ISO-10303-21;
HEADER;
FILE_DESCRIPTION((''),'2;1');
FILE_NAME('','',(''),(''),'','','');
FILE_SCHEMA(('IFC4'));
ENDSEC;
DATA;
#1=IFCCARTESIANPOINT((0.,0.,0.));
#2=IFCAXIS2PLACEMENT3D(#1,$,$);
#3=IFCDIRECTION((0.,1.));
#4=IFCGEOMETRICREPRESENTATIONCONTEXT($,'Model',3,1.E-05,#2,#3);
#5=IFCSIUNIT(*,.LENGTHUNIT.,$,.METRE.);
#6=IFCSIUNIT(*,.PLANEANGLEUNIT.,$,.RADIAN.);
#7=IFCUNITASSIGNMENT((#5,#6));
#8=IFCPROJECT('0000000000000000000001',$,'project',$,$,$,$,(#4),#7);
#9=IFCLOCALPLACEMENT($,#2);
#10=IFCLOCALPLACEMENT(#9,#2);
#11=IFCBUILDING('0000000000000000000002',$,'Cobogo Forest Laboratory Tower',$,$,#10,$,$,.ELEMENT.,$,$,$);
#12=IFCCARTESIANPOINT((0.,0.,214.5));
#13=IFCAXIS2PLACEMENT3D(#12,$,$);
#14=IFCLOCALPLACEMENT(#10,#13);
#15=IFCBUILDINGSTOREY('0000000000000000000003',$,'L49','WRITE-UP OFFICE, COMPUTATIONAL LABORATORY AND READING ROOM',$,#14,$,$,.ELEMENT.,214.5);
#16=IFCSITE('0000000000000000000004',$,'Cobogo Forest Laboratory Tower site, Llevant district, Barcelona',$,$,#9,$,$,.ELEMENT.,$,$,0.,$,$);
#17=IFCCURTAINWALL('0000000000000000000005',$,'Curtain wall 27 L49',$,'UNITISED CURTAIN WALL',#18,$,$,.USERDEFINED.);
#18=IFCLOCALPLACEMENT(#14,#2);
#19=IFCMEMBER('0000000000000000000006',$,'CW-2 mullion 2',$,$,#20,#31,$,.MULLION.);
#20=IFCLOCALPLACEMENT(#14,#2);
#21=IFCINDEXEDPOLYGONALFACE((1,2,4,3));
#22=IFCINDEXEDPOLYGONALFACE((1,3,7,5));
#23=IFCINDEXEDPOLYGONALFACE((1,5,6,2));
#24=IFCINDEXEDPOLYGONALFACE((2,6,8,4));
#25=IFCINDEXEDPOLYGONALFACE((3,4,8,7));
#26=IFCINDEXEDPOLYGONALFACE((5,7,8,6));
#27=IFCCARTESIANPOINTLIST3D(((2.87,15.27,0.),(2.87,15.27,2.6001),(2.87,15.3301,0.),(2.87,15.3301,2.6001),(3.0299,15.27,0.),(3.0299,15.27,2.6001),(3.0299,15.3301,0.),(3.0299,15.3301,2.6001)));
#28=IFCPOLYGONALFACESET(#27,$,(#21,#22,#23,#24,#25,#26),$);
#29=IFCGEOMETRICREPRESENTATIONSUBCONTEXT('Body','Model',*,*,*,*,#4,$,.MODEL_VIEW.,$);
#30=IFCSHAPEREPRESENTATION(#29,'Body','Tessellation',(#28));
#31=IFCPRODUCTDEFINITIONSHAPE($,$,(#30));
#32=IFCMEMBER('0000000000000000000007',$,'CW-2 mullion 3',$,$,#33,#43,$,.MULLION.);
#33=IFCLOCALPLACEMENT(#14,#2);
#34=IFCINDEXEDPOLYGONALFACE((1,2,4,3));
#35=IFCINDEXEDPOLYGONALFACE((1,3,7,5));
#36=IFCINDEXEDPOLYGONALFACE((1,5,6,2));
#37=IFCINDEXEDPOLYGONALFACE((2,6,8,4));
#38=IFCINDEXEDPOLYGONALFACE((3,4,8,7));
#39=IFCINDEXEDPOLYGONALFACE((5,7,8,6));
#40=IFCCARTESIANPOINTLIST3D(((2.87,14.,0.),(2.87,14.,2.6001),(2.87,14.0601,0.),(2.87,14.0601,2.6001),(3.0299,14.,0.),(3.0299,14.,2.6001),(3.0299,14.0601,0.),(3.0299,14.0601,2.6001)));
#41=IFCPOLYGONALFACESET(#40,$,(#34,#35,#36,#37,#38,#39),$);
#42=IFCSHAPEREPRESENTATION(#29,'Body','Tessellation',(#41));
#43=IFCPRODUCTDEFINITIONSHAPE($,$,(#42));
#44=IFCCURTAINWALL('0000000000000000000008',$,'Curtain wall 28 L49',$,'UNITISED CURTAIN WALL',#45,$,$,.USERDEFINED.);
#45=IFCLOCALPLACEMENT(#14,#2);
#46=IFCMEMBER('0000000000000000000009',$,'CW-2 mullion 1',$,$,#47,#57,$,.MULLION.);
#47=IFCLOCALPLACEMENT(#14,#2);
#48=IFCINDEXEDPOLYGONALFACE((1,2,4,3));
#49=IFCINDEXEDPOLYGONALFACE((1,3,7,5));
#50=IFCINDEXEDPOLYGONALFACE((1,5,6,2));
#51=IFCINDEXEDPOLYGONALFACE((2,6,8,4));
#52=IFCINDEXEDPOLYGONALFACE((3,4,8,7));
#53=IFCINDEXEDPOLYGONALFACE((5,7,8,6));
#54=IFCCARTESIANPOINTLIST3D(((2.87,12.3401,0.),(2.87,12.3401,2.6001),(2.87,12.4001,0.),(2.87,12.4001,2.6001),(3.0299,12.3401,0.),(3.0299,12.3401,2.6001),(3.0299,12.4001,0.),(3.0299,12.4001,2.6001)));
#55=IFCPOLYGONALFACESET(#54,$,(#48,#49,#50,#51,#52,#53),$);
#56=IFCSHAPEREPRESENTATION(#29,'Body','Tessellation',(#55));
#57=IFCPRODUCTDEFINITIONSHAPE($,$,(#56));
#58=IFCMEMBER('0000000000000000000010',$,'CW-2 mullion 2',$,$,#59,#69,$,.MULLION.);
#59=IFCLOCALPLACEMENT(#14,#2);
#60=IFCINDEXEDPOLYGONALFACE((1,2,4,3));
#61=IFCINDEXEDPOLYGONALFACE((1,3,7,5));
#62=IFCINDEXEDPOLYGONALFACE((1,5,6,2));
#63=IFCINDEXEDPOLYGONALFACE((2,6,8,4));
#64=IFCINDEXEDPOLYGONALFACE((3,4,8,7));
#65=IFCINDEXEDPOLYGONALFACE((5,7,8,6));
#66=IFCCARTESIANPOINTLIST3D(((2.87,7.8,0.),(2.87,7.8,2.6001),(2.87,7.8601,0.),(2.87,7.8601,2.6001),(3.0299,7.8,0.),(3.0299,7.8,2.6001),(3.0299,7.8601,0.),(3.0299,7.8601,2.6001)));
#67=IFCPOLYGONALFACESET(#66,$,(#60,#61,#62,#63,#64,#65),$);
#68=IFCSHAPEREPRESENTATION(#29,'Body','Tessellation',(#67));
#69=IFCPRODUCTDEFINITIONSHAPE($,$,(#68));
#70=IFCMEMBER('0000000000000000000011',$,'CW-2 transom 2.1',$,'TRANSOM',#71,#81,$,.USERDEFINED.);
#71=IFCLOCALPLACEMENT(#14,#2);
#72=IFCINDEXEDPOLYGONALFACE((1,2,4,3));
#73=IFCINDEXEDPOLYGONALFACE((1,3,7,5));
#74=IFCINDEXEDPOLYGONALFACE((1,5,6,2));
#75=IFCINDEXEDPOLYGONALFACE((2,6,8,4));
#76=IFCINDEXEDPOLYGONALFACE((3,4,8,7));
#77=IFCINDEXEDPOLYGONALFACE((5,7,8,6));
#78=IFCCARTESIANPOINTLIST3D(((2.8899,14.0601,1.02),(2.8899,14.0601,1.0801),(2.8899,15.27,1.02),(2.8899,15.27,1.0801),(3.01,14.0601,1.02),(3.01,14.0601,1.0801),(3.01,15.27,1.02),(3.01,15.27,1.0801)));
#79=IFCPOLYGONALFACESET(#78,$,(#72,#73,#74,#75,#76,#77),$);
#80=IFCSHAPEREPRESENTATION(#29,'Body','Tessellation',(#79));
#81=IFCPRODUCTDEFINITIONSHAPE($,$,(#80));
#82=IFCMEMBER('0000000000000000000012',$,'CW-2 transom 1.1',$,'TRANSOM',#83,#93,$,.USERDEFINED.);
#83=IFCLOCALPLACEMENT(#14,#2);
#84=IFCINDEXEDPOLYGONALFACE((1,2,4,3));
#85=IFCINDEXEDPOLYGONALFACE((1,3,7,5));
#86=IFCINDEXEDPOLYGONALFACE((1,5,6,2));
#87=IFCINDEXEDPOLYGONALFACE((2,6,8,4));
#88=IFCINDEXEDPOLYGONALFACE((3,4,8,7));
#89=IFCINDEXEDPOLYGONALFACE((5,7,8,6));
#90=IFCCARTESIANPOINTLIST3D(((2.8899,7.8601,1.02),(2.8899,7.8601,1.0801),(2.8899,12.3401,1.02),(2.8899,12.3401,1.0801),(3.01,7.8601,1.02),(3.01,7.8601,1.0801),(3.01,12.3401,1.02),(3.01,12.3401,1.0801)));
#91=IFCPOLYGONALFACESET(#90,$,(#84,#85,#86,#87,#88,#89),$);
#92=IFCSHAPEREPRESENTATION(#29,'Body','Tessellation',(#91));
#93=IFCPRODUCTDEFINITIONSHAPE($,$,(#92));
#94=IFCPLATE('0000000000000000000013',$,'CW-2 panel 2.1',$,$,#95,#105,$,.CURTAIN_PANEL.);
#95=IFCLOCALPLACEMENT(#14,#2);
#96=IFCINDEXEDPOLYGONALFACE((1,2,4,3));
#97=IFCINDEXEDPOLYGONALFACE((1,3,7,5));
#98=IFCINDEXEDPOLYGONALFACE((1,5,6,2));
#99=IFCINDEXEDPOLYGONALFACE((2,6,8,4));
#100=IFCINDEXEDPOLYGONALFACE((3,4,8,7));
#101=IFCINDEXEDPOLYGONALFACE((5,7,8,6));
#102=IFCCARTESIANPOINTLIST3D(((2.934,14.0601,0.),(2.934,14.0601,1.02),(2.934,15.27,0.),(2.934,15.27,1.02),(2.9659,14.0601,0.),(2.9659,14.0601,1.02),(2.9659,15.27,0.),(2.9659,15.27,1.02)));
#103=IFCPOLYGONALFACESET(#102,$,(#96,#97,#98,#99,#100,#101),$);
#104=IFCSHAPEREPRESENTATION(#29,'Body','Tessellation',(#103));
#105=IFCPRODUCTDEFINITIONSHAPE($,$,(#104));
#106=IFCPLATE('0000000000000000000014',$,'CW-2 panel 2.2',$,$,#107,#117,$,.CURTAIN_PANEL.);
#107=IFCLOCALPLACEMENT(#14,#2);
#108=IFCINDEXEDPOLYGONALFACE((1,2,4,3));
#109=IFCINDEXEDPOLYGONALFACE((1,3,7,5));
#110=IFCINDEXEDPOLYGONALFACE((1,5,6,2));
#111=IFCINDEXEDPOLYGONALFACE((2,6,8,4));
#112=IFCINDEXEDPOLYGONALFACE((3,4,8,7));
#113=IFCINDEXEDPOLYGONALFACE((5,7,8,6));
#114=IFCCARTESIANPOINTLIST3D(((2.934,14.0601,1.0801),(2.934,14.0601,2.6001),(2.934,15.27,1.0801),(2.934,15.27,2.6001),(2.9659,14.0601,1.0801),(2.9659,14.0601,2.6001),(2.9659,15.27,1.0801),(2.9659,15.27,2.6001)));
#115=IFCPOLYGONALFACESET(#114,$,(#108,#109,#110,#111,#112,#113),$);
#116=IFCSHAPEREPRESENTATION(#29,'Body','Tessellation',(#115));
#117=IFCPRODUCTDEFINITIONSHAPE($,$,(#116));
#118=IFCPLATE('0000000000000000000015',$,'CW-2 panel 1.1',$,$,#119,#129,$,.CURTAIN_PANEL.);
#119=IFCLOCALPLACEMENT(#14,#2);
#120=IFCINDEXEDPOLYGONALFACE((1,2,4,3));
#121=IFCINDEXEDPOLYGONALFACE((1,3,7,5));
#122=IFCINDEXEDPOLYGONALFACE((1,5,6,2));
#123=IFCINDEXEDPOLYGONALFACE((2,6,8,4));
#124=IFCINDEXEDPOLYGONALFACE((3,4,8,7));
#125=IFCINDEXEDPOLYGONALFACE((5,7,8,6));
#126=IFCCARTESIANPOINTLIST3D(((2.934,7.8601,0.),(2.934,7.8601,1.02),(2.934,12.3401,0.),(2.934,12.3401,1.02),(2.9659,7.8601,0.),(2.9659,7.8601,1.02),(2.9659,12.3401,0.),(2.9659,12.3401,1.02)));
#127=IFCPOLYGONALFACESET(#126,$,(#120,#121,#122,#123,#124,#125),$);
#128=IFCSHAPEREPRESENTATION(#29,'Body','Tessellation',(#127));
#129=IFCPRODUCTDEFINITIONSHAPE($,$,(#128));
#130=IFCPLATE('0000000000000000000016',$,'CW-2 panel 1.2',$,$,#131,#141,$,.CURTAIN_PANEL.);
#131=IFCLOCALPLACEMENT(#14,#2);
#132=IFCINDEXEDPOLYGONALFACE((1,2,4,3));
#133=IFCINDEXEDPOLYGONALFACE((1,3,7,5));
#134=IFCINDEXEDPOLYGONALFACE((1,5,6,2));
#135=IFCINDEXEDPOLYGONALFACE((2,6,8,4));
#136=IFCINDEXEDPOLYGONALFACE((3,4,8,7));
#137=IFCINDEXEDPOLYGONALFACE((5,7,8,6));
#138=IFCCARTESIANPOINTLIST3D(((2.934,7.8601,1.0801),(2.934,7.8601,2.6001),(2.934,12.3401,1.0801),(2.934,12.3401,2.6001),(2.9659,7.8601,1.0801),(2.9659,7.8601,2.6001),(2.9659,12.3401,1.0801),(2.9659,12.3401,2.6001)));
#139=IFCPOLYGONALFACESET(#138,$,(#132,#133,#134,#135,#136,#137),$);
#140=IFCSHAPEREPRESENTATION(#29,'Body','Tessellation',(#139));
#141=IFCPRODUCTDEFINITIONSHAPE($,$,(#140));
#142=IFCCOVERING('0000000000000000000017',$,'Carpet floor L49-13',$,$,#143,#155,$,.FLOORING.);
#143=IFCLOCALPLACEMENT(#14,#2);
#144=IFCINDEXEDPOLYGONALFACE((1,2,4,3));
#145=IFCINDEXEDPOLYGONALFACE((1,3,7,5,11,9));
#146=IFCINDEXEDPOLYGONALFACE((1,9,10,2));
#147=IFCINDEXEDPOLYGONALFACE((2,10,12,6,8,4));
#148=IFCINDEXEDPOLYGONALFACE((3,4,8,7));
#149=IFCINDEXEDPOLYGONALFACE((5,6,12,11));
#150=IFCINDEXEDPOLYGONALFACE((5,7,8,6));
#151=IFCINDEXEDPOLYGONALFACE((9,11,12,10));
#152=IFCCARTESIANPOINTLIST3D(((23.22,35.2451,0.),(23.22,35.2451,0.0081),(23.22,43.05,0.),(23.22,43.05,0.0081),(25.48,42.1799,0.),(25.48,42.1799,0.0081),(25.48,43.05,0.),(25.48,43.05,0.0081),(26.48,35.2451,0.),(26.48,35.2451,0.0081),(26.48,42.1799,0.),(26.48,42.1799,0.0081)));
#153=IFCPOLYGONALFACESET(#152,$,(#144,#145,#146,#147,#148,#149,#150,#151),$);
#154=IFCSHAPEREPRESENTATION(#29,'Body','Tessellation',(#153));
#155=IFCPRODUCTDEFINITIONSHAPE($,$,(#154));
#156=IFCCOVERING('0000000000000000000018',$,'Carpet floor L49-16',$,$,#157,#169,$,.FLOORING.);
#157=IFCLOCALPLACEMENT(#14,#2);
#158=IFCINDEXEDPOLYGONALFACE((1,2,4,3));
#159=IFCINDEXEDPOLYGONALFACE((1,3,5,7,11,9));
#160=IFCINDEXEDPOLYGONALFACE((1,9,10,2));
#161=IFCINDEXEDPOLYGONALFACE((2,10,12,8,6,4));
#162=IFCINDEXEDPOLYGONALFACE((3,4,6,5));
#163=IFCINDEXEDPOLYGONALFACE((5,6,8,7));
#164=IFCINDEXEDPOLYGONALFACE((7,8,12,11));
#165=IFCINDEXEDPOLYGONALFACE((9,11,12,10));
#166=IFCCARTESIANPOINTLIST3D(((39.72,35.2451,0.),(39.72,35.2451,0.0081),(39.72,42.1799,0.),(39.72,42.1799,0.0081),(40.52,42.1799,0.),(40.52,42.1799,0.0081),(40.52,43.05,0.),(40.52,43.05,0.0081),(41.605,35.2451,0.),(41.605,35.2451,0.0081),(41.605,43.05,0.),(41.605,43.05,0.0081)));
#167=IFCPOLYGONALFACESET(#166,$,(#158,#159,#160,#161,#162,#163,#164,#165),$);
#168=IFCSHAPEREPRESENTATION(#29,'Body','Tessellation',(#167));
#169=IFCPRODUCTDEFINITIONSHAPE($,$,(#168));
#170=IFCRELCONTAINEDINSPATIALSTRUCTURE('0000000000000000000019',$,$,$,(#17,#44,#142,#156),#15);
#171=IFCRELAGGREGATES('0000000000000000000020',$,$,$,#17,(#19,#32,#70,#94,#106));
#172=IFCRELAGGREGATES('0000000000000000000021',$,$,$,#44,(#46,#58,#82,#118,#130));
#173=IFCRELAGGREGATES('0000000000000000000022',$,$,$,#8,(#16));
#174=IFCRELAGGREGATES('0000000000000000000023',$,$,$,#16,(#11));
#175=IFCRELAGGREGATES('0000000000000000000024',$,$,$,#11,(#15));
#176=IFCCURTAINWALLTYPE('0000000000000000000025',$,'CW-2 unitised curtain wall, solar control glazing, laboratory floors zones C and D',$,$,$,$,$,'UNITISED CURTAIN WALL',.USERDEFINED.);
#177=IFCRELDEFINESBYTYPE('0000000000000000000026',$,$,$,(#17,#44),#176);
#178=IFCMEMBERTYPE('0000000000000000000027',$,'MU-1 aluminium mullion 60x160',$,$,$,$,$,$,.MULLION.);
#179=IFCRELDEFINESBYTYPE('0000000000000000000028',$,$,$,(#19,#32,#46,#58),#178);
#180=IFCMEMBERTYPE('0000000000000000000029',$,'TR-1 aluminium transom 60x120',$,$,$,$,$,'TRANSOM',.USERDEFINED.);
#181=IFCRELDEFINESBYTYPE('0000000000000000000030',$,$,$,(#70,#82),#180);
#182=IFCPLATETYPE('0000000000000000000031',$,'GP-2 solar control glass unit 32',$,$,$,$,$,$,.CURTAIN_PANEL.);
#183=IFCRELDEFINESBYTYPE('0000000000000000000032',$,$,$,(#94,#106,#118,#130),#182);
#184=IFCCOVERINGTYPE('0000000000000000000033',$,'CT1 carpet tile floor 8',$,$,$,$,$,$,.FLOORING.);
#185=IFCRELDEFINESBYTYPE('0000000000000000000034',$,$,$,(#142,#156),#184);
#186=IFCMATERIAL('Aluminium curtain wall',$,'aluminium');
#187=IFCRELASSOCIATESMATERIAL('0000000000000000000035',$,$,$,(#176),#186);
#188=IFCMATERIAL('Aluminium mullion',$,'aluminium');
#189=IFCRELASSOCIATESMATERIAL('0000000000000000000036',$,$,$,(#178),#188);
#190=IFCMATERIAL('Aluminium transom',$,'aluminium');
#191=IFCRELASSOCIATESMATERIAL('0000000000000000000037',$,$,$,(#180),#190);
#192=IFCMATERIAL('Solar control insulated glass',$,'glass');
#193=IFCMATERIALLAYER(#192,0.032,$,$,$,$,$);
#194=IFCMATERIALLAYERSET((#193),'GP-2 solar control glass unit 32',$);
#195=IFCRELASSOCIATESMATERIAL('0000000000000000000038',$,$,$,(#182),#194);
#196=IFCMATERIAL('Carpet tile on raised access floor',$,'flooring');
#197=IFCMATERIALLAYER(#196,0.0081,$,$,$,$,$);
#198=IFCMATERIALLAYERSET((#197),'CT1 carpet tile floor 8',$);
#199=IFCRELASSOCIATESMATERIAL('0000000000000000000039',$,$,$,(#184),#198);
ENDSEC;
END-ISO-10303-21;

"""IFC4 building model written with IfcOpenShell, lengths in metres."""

from ifc_helpers import new_model, si_unit, direction, frame, origin, origin_2d, place, context, subcontext, project, spatial, polyline, rectangle, outline, extrude, material, layer, layer_set, material_profile, profile_set, type_object, element, aggregate, save


model = new_model("IFC4")

# Units and contexts
model_context = context("Model", 3, precision=1e-05, world=origin(), true_north=direction((0.0, 1.0)))
body_context = subcontext(model_context, "Body", "Model", "MODEL_VIEW")
ifc_project = project(units=[si_unit("LENGTHUNIT", "METRE"), si_unit("PLANEANGLEUNIT", "RADIAN")], contexts=[model_context])

# Site, building, storey
site_placement = place(None, origin())
site = spatial("IfcSite", under=ifc_project, at=site_placement, Name="Cobogo Forest Laboratory Tower site, Llevant district, Barcelona", CompositionType="ELEMENT", RefElevation=0.0)
building_placement = place(site_placement, origin())
building = spatial("IfcBuilding", under=site, at=building_placement, Name="Cobogo Forest Laboratory Tower", CompositionType="ELEMENT")
storey_placement = place(building_placement, frame((0.0, 0.0, 214.5)))
storey = spatial("IfcBuildingStorey", under=building, at=storey_placement, Name="L49", Description="WRITE-UP OFFICE, COMPUTATIONAL LABORATORY AND READING ROOM", CompositionType="ELEMENT", Elevation=214.5)

# Curtain walls, members
ifc_material_1 = material(Name="Aluminium curtain wall", Category="aluminium")
curtain_wall_type = type_object("IfcCurtainWallType", Name="CW-2 unitised curtain wall, solar control glazing, laboratory floors zones C and D", ElementType="UNITISED CURTAIN WALL", PredefinedType="USERDEFINED", material=ifc_material_1)
curtain_wall_1_placement = place(storey_placement, origin())
curtain_wall_1 = element("IfcCurtainWall", 1, at=curtain_wall_1_placement, inside=storey, type_object=curtain_wall_type, Name="Curtain wall 27 L49", ObjectType="UNITISED CURTAIN WALL", PredefinedType="USERDEFINED")
ifc_material_2 = material(Name="Aluminium mullion", Category="aluminium")
ifc_material_profile_1 = material_profile(ifc_material_2, rectangle(XDim=0.0601, YDim=0.1599, at=origin_2d()), Name="AL 60x160")
ifc_profile_set_1 = profile_set([ifc_material_profile_1], Name="Aluminium mullion")
member_type_1 = type_object("IfcMemberType", Name="MU-1 aluminium mullion 60x160", PredefinedType="MULLION", material=ifc_profile_set_1)
member_1_placement = place(storey_placement, frame((2.95, 15.3, 0.0), z_axis=(0.0, 0.0, 1.0), x_axis=(0.0, -1.0, 0.0)))
member_1 = element("IfcMember", 2, at=member_1_placement, type_object=member_type_1, Name="CW-2 mullion 2", PredefinedType="MULLION", context=body_context, shape_type="SweptSolid", body=[
    extrude(rectangle(XDim=0.0601, YDim=0.1599, at=origin_2d()), origin(), (0.0, 0.0, 1.0), 2.6001),
])
member_2_placement = place(storey_placement, frame((2.95, 14.03, 0.0), z_axis=(0.0, 0.0, 1.0), x_axis=(0.0, -1.0, 0.0)))
member_2 = element("IfcMember", 3, at=member_2_placement, type_object=member_type_1, Name="CW-2 mullion 3", PredefinedType="MULLION", context=body_context, shape_type="SweptSolid", body=[
    extrude(rectangle(XDim=0.0601, YDim=0.1599, at=origin_2d()), origin(), (0.0, 0.0, 1.0), 2.6001),
])
curtain_wall_2_placement = place(storey_placement, origin())
curtain_wall_2 = element("IfcCurtainWall", 4, at=curtain_wall_2_placement, inside=storey, type_object=curtain_wall_type, Name="Curtain wall 28 L49", ObjectType="UNITISED CURTAIN WALL", PredefinedType="USERDEFINED")
member_3_placement = place(storey_placement, frame((2.95, 12.3701, 0.0), z_axis=(0.0, 0.0, 1.0), x_axis=(0.0, -1.0, 0.0)))
member_3 = element("IfcMember", 5, at=member_3_placement, type_object=member_type_1, Name="CW-2 mullion 1", PredefinedType="MULLION", context=body_context, shape_type="SweptSolid", body=[
    extrude(rectangle(XDim=0.0601, YDim=0.1599, at=origin_2d()), origin(), (0.0, 0.0, 1.0), 2.6001),
])
member_4_placement = place(storey_placement, frame((2.95, 7.8301, 0.0), z_axis=(0.0, 0.0, 1.0), x_axis=(0.0, -1.0, 0.0)))
member_4 = element("IfcMember", 6, at=member_4_placement, type_object=member_type_1, Name="CW-2 mullion 2", PredefinedType="MULLION", context=body_context, shape_type="SweptSolid", body=[
    extrude(rectangle(XDim=0.0601, YDim=0.1599, at=origin_2d()), origin(), (0.0, 0.0, 1.0), 2.6001),
])

# Members
ifc_material_3 = material(Name="Aluminium transom", Category="aluminium")
ifc_material_profile_2 = material_profile(ifc_material_3, rectangle(XDim=0.1201, YDim=0.0601, at=origin_2d()), Name="AL 60x120")
ifc_profile_set_2 = profile_set([ifc_material_profile_2], Name="Aluminium transom")
member_type_2 = type_object("IfcMemberType", Name="TR-1 aluminium transom 60x120", ElementType="TRANSOM", PredefinedType="USERDEFINED", material=ifc_profile_set_2)
member_5_placement = place(storey_placement, frame((2.95, 15.27, 1.05), z_axis=(0.0, -1.0, 0.0), x_axis=(1.0, 0.0, 0.0)))
member_5 = element("IfcMember", 7, at=member_5_placement, type_object=member_type_2, Name="CW-2 transom 2.1", ObjectType="TRANSOM", PredefinedType="USERDEFINED", context=body_context, shape_type="SweptSolid", body=[
    extrude(rectangle(XDim=0.1201, YDim=0.0601, at=origin_2d()), origin(), (0.0, 0.0, 1.0), 1.21),
])
member_6_placement = place(storey_placement, frame((2.95, 12.3401, 1.05), z_axis=(0.0, -1.0, 0.0), x_axis=(1.0, 0.0, 0.0)))
member_6 = element("IfcMember", 8, at=member_6_placement, type_object=member_type_2, Name="CW-2 transom 1.1", ObjectType="TRANSOM", PredefinedType="USERDEFINED", context=body_context, shape_type="SweptSolid", body=[
    extrude(rectangle(XDim=0.1201, YDim=0.0601, at=origin_2d()), origin(), (0.0, 0.0, 1.0), 4.48),
])

# Plates
ifc_material_4 = material(Name="Solar control insulated glass", Category="glass")
ifc_layer_1 = layer(ifc_material_4, 0.032)
ifc_layer_set_1 = layer_set([ifc_layer_1], Name="GP-2 solar control glass unit 32")
plate_type_1 = type_object("IfcPlateType", Name="GP-2 solar control glass unit 32", PredefinedType="CURTAIN_PANEL", material=ifc_layer_set_1)
plate_1_placement = place(storey_placement, frame((2.95, 14.665, 0.0), z_axis=(0.0, 0.0, 1.0), x_axis=(0.0, -1.0, 0.0)))
plate_1 = element("IfcPlate", 9, at=plate_1_placement, type_object=plate_type_1, Name="CW-2 panel 2.1", PredefinedType="CURTAIN_PANEL", context=body_context, shape_type="SweptSolid", body=[
    extrude(rectangle(XDim=1.21, YDim=0.032, at=origin_2d()), origin(), (0.0, 0.0, 1.0), 1.02),
])
plate_2_placement = place(storey_placement, frame((2.95, 14.665, 1.0801), z_axis=(0.0, 0.0, 1.0), x_axis=(0.0, -1.0, 0.0)))
plate_2 = element("IfcPlate", 10, at=plate_2_placement, type_object=plate_type_1, Name="CW-2 panel 2.2", PredefinedType="CURTAIN_PANEL", context=body_context, shape_type="SweptSolid", body=[
    extrude(rectangle(XDim=1.21, YDim=0.032, at=origin_2d()), origin(), (0.0, 0.0, 1.0), 1.52),
])
aggregate(curtain_wall_1, [member_1, member_2, member_5, plate_1, plate_2])
plate_3_placement = place(storey_placement, frame((2.95, 10.1001, 0.0), z_axis=(0.0, 0.0, 1.0), x_axis=(0.0, -1.0, 0.0)))
plate_3 = element("IfcPlate", 11, at=plate_3_placement, type_object=plate_type_1, Name="CW-2 panel 1.1", PredefinedType="CURTAIN_PANEL", context=body_context, shape_type="SweptSolid", body=[
    extrude(rectangle(XDim=4.48, YDim=0.032, at=origin_2d()), origin(), (0.0, 0.0, 1.0), 1.02),
])
plate_4_placement = place(storey_placement, frame((2.95, 10.1001, 1.0801), z_axis=(0.0, 0.0, 1.0), x_axis=(0.0, -1.0, 0.0)))
plate_4 = element("IfcPlate", 12, at=plate_4_placement, type_object=plate_type_1, Name="CW-2 panel 1.2", PredefinedType="CURTAIN_PANEL", context=body_context, shape_type="SweptSolid", body=[
    extrude(rectangle(XDim=4.48, YDim=0.032, at=origin_2d()), origin(), (0.0, 0.0, 1.0), 1.52),
])
aggregate(curtain_wall_2, [member_3, member_4, member_6, plate_3, plate_4])

# Coverings
ifc_material_5 = material(Name="Carpet tile on raised access floor", Category="flooring")
ifc_layer_2 = layer(ifc_material_5, 0.0081)
ifc_layer_set_2 = layer_set([ifc_layer_2], Name="CT1 carpet tile floor 8")
covering_type_1 = type_object("IfcCoveringType", Name="CT1 carpet tile floor 8", PredefinedType="FLOORING", material=ifc_layer_set_2)
covering_1_placement = place(storey_placement, origin())
element("IfcCovering", 13, at=covering_1_placement, inside=storey, type_object=covering_type_1, Name="Carpet floor L49-13", PredefinedType="FLOORING", context=body_context, shape_type="SweptSolid", body=[
    extrude(outline(polyline([(23.22, 35.2451), (23.22, 43.05), (25.48, 43.05), (25.48, 42.1799), (26.48, 42.1799), (26.48, 35.2451), (23.22, 35.2451)])), origin(), (0.0, 0.0, 1.0), 0.0081),
])
covering_2_placement = place(storey_placement, origin())
element("IfcCovering", 14, at=covering_2_placement, inside=storey, type_object=covering_type_1, Name="Carpet floor L49-16", PredefinedType="FLOORING", context=body_context, shape_type="SweptSolid", body=[
    extrude(outline(polyline([(39.72, 35.2451), (39.72, 42.1799), (40.52, 42.1799), (40.52, 43.05), (41.605, 43.05), (41.605, 35.2451), (39.72, 35.2451)])), origin(), (0.0, 0.0, 1.0), 0.0081),
])

save(model, "model.ifc")
